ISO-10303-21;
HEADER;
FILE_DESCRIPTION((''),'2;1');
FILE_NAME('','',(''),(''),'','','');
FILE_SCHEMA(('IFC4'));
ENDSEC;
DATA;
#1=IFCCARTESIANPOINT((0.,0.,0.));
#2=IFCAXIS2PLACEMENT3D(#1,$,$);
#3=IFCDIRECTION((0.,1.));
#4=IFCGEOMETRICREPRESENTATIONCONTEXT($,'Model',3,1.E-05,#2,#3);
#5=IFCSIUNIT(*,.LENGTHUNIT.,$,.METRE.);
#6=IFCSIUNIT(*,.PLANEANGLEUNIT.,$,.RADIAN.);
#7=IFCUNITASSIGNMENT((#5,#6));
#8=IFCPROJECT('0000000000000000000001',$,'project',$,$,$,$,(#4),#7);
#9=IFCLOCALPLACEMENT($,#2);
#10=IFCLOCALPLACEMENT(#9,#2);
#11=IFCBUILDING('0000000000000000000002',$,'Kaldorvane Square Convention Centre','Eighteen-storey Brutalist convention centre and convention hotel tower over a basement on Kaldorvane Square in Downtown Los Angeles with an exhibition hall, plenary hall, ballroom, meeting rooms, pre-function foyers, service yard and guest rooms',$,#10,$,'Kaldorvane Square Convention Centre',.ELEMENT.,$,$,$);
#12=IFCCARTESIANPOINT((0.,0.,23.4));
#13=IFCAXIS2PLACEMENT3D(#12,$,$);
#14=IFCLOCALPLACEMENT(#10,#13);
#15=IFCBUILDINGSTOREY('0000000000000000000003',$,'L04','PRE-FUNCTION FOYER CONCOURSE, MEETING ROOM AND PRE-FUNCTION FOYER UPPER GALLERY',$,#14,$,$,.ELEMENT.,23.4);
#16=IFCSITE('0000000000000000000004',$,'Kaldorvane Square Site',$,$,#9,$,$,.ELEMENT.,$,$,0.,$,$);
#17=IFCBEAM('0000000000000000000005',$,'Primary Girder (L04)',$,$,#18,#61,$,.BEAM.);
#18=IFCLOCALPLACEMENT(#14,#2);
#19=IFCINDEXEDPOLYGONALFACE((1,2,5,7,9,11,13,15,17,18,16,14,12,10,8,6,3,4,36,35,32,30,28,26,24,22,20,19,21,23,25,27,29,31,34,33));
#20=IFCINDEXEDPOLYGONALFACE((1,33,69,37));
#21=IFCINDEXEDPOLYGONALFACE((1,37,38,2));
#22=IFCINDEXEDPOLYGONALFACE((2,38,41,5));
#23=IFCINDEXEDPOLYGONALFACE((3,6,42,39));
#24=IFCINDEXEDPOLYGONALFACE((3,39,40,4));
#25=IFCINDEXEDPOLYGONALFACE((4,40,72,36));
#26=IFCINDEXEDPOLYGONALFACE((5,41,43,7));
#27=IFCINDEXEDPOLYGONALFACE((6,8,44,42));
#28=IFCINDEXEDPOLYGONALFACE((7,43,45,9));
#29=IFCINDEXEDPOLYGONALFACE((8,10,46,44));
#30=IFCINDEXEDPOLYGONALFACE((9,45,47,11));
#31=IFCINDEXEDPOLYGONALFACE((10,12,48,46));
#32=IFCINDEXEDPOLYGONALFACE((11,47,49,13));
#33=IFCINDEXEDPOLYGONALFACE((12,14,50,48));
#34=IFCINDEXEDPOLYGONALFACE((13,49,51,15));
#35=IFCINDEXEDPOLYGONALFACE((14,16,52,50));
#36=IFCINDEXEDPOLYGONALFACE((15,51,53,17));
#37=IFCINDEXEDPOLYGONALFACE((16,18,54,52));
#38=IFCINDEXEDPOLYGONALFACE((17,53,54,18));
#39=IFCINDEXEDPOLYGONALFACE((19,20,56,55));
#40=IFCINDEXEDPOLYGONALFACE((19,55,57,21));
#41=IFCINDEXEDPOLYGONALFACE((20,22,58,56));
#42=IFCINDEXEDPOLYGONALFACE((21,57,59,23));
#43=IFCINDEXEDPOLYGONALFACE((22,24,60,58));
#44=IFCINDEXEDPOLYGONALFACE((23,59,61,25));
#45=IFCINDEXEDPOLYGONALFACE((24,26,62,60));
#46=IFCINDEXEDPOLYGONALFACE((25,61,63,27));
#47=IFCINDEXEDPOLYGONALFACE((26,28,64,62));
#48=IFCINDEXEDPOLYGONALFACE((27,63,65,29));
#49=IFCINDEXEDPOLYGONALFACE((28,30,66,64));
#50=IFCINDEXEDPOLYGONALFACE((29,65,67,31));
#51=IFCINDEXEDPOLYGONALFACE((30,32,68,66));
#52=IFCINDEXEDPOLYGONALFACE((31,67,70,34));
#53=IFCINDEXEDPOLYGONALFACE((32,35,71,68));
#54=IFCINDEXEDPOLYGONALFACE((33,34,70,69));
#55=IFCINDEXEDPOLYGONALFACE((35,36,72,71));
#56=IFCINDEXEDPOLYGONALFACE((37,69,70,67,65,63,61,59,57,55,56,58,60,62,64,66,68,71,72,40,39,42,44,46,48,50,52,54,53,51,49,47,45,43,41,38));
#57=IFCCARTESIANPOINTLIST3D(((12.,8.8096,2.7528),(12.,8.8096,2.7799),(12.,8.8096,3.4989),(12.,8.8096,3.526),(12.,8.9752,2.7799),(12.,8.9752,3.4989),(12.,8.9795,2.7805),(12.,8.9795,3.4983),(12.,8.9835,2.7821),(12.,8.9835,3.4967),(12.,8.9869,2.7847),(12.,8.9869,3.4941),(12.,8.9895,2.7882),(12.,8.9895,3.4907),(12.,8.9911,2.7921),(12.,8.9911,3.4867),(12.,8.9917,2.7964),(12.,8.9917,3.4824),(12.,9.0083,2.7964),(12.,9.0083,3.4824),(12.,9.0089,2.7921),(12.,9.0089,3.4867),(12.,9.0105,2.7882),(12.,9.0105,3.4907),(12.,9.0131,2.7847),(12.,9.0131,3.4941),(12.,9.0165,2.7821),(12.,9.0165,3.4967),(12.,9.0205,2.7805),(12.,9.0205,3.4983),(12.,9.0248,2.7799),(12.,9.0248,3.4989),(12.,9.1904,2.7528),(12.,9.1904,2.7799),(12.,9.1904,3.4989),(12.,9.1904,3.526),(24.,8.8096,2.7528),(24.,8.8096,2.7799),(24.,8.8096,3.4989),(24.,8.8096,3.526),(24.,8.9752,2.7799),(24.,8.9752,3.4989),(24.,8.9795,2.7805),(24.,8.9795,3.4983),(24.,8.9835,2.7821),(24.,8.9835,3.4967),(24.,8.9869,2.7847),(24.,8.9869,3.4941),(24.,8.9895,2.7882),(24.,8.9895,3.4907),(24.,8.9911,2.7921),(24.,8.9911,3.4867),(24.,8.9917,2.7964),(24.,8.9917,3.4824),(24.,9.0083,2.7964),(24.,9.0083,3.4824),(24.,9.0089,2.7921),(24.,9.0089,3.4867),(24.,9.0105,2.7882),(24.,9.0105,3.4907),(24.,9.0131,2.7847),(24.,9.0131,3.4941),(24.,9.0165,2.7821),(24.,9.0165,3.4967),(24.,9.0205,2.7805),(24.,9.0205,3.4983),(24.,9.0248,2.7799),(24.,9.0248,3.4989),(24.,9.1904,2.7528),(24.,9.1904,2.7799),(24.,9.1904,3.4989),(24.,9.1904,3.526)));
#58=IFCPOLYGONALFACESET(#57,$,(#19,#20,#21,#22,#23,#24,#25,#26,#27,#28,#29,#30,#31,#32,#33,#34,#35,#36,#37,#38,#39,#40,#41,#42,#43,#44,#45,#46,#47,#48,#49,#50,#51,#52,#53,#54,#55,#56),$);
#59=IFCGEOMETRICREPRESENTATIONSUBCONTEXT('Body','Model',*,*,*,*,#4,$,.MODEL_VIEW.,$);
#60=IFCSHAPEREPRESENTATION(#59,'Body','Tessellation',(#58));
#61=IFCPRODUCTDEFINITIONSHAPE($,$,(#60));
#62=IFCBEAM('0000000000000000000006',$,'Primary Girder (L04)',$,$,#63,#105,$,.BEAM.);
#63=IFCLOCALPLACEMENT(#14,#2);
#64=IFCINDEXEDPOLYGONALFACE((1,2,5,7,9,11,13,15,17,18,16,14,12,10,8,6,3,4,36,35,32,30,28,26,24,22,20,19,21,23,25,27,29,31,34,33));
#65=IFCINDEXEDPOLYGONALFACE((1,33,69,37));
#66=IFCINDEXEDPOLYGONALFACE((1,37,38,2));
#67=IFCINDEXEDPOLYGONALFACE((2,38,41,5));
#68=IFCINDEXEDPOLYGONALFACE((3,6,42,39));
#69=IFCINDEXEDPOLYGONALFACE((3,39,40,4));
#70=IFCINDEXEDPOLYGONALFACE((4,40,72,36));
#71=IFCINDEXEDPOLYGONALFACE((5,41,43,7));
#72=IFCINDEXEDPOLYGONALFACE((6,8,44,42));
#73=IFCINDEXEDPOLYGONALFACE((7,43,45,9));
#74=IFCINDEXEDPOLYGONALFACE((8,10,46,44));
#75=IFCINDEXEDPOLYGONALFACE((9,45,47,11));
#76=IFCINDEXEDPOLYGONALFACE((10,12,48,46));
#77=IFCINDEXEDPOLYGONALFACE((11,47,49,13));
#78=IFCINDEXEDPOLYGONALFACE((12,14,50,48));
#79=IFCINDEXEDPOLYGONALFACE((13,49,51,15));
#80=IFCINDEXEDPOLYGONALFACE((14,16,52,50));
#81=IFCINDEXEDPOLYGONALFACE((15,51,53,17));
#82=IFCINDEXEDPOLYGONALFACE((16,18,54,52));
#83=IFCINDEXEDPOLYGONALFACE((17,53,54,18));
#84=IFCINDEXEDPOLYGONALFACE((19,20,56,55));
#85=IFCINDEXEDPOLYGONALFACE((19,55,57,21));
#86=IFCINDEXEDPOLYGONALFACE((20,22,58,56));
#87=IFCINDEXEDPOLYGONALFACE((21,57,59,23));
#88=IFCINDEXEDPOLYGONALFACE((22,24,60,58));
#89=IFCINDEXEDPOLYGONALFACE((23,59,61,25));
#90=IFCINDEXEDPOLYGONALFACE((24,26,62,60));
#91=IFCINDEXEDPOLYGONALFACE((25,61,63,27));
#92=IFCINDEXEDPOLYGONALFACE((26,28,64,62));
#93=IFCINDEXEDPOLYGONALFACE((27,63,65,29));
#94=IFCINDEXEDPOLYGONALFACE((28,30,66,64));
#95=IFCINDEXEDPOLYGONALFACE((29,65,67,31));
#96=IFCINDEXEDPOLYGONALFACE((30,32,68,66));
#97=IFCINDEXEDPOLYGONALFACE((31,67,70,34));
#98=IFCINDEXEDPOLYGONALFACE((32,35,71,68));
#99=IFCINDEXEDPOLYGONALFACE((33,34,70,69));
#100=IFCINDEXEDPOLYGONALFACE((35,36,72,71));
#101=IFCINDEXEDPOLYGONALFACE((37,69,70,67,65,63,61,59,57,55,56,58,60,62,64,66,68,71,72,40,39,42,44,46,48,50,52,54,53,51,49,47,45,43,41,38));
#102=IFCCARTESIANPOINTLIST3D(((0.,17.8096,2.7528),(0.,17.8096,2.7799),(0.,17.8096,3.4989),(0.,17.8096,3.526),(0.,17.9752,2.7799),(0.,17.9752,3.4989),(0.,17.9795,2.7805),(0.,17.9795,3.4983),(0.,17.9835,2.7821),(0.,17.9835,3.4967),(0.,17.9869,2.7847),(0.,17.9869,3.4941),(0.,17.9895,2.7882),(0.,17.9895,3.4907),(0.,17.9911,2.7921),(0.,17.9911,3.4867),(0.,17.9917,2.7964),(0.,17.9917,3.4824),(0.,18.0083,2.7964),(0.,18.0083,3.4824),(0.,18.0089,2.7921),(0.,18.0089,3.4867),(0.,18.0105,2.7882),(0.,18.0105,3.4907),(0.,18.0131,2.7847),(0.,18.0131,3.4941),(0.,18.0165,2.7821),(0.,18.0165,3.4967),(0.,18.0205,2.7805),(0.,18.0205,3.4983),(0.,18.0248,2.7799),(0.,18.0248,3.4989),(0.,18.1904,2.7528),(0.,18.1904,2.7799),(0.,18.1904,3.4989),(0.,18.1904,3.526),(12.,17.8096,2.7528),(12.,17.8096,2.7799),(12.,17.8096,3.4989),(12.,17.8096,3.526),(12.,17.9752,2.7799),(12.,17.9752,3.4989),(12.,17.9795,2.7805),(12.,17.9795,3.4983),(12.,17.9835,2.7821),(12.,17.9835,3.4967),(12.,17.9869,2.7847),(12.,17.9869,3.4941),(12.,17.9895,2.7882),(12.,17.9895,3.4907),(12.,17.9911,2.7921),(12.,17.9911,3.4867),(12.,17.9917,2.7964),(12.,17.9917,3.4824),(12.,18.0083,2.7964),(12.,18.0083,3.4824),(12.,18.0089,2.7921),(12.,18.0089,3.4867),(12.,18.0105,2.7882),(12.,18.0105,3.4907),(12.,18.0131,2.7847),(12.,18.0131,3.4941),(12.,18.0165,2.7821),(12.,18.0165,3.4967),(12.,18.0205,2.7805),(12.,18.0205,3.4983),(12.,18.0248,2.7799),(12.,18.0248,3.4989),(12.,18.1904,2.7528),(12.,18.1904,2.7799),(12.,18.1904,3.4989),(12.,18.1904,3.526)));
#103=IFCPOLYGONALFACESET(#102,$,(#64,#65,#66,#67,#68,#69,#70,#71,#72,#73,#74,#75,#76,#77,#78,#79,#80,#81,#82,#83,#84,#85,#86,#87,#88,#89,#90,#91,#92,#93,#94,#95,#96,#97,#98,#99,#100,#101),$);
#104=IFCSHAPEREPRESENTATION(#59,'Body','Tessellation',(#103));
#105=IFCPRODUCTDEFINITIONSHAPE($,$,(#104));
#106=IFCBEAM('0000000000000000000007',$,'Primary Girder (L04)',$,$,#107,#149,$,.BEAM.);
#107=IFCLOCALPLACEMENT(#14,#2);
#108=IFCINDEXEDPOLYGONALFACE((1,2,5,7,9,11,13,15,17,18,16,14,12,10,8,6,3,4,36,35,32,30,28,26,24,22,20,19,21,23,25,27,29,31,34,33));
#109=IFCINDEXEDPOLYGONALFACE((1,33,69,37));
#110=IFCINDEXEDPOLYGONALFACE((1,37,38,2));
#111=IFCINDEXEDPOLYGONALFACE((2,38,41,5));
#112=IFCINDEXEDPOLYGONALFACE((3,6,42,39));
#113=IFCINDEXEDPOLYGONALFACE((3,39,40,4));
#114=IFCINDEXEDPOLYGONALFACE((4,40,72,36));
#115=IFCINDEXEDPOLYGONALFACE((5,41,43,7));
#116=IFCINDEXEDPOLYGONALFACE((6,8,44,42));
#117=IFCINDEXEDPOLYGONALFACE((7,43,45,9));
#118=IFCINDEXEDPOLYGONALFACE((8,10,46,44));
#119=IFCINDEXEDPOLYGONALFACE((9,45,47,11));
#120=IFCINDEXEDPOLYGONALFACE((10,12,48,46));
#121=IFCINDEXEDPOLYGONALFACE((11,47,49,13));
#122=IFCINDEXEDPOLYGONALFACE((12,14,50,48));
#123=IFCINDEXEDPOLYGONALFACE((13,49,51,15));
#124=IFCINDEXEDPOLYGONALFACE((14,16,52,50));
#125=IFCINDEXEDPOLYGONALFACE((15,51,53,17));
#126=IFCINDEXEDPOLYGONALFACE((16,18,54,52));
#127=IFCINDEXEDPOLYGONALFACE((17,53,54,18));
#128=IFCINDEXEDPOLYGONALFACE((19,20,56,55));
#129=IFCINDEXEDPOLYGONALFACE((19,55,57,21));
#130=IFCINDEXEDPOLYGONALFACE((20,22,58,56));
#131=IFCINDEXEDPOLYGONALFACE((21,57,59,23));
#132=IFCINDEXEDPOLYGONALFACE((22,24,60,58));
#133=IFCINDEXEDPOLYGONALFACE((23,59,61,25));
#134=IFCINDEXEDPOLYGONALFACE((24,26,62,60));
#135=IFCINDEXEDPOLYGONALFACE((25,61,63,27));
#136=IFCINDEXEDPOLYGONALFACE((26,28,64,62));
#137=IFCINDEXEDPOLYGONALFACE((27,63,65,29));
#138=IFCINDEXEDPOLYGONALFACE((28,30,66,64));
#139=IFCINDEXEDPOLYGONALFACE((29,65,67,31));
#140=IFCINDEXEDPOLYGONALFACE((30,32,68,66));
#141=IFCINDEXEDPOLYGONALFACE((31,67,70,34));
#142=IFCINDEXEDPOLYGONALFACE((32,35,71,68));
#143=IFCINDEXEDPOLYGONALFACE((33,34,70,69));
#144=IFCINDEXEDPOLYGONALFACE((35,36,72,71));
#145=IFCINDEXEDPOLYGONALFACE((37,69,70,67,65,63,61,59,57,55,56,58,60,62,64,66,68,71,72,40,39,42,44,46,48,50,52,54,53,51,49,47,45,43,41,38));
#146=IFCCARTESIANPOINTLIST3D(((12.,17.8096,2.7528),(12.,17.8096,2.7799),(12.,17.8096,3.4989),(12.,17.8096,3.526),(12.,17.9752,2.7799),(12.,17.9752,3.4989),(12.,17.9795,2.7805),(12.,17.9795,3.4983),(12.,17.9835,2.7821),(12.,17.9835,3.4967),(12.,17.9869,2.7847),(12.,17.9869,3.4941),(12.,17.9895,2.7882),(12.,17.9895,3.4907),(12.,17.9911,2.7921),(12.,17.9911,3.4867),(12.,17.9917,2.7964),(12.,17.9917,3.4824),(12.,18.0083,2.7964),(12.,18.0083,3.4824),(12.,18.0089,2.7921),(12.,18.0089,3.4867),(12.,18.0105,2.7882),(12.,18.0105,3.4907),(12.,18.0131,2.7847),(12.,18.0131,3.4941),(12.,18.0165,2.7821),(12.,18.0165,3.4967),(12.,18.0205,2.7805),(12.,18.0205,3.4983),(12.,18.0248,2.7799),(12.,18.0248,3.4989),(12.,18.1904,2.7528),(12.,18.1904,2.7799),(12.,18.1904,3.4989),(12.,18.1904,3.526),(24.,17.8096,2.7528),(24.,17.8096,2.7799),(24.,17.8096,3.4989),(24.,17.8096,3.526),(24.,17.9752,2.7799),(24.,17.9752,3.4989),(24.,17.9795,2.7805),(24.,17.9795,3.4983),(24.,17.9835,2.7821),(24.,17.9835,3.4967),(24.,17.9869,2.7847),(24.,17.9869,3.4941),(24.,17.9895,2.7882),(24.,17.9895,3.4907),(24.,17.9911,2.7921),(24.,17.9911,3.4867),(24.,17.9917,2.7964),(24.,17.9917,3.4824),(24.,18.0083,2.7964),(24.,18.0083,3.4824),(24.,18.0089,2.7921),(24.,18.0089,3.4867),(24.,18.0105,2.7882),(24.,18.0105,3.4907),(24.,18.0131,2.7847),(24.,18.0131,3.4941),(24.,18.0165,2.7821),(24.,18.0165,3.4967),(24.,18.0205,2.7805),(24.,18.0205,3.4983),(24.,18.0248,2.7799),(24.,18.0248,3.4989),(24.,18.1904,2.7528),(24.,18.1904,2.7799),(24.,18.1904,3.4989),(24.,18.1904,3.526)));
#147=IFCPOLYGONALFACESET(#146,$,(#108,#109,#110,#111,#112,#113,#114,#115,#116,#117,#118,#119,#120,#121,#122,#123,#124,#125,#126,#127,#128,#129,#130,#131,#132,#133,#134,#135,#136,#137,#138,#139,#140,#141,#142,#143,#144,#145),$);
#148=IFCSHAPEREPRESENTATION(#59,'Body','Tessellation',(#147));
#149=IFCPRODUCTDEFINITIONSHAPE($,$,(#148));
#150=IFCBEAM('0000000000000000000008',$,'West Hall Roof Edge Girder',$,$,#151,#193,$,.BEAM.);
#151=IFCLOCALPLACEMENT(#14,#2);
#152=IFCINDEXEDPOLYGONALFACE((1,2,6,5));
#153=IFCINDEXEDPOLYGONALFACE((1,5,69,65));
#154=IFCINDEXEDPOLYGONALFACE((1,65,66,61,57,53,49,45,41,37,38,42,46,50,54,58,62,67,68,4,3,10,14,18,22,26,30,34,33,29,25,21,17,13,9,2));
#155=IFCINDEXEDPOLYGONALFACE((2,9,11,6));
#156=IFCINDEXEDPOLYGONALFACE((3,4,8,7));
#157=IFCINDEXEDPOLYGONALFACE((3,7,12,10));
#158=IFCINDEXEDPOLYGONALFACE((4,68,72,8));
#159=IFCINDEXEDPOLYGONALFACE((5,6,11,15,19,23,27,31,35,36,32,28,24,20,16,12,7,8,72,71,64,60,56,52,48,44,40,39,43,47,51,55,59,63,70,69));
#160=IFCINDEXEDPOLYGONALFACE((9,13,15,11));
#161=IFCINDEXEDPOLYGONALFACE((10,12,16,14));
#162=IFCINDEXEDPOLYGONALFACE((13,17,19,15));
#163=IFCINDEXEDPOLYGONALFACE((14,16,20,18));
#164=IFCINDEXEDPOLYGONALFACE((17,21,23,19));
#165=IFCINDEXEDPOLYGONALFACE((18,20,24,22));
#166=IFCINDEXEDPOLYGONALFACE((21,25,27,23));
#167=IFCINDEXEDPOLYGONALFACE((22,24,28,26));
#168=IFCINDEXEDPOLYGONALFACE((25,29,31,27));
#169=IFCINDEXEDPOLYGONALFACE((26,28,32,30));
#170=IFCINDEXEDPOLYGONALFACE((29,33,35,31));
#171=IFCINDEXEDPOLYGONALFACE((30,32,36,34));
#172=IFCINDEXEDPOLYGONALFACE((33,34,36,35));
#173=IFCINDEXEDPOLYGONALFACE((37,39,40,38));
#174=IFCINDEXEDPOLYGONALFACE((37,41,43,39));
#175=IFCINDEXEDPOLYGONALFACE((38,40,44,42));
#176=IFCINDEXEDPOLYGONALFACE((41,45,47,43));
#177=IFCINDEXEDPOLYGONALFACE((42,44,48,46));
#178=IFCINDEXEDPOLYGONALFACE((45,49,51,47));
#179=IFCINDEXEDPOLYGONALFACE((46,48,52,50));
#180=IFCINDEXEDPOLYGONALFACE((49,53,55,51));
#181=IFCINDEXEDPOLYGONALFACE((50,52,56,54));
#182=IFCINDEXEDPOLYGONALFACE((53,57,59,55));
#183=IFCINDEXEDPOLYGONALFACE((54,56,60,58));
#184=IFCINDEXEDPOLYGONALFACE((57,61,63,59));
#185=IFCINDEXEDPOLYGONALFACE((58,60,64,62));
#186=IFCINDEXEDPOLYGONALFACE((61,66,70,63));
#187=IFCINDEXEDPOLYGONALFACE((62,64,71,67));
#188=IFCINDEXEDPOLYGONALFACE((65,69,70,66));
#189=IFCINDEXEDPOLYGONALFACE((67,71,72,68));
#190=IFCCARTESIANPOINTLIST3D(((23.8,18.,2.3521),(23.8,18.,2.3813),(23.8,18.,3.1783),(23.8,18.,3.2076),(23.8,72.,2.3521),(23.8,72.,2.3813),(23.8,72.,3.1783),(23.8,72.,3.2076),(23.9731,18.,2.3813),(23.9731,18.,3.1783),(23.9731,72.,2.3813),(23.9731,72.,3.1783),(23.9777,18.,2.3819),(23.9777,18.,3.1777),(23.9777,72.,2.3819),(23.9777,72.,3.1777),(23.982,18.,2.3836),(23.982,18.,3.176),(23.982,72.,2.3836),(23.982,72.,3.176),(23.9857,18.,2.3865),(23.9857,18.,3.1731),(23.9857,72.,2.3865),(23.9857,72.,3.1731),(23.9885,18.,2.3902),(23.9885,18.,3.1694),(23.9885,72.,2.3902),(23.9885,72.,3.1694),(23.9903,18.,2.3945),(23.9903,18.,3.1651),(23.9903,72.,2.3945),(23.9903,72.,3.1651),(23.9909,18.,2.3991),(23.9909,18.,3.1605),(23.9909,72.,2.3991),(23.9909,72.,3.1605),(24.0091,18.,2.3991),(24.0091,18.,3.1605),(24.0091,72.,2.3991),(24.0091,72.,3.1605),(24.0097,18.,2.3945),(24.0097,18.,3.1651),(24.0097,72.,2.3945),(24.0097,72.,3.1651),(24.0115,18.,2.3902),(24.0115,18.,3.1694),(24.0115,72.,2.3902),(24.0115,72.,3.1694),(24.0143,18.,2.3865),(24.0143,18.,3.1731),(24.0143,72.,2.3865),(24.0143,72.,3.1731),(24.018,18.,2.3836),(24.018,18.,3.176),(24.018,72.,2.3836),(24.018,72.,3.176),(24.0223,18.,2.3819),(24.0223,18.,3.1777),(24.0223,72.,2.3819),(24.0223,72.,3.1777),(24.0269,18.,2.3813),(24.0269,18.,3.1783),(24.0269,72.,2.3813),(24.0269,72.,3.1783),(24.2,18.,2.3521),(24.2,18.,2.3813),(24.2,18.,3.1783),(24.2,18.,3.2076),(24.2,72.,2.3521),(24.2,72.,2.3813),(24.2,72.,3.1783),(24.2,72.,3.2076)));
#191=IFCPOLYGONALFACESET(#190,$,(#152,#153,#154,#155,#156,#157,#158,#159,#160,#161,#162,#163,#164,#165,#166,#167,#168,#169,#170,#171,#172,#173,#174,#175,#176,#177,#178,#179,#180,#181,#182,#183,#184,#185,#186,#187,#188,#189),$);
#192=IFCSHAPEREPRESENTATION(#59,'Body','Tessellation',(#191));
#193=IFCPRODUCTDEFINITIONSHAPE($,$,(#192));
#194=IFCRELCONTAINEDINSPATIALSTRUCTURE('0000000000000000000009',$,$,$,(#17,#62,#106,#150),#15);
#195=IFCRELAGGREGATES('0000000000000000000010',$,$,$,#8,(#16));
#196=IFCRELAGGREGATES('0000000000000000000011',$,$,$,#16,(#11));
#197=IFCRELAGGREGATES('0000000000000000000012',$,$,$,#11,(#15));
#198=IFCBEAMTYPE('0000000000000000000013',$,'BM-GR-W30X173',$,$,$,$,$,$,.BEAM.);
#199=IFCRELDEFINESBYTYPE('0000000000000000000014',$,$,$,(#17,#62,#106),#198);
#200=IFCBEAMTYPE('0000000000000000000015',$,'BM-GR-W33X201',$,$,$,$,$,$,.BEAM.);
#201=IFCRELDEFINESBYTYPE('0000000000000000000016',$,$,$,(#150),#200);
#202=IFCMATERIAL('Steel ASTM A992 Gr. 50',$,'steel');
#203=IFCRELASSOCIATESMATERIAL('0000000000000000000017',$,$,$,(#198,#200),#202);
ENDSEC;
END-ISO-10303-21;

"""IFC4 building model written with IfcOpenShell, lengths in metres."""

from ifc_helpers import new_model, si_unit, direction, frame, origin, origin_2d, place, context, subcontext, project, spatial, i_section, extrude, material, material_profile, profile_set, type_object, element, save


model = new_model("IFC4")

# Units and contexts
model_context = context("Model", 3, precision=1e-05, world=origin(), true_north=direction((0.0, 1.0)))
body_context = subcontext(model_context, "Body", "Model", "MODEL_VIEW")
ifc_project = project(units=[si_unit("LENGTHUNIT", "METRE"), si_unit("PLANEANGLEUNIT", "RADIAN")], contexts=[model_context])

# Site, building, storey
site_placement = place(None, origin())
site = spatial("IfcSite", under=ifc_project, at=site_placement, Name="Kaldorvane Square Site", CompositionType="ELEMENT", RefElevation=0.0)
building_placement = place(site_placement, origin())
building = spatial("IfcBuilding", under=site, at=building_placement, Name="Kaldorvane Square Convention Centre", Description="Eighteen-storey Brutalist convention centre and convention hotel tower over a basement on Kaldorvane Square in Downtown Los Angeles with an exhibition hall, plenary hall, ballroom, meeting rooms, pre-function foyers, service yard and guest rooms", LongName="Kaldorvane Square Convention Centre", CompositionType="ELEMENT")
storey_placement = place(building_placement, frame((0.0, 0.0, 23.4)))
storey = spatial("IfcBuildingStorey", under=building, at=storey_placement, Name="L04", Description="PRE-FUNCTION FOYER CONCOURSE, MEETING ROOM AND PRE-FUNCTION FOYER UPPER GALLERY", CompositionType="ELEMENT", Elevation=23.4)

# Shared definitions
ifc_material_1 = material(Name="Steel ASTM A992 Gr. 50", Category="steel")

# Beams
ifc_material_profile_1 = material_profile(ifc_material_1, i_section(OverallWidth=0.3807, OverallDepth=0.7732, WebThickness=0.0166, FlangeThickness=0.0271, FilletRadius=0.0165, at=origin_2d()), Name="W30X173")
ifc_profile_set_1 = profile_set([ifc_material_profile_1], Name="Steel ASTM A992 Gr. 50")
beam_type_1 = type_object("IfcBeamType", Name="BM-GR-W30X173", PredefinedType="BEAM", material=ifc_profile_set_1)
for number, where, z_axis, x_axis, name in (
    (1, (12.0, 9.0, 3.1394), (1.0, 0.0, 0.0), (0.0, 1.0, 0.0), "Primary Girder (L04)"),
    (2, (0.0, 18.0, 3.1394), (1.0, 0.0, 0.0), (0.0, 1.0, 0.0), "Primary Girder (L04)"),
    (3, (12.0, 18.0, 3.1394), (1.0, 0.0, 0.0), (0.0, 1.0, 0.0), "Primary Girder (L04)"),
):
    element("IfcBeam", number, at=place(storey_placement, frame(where, z_axis=z_axis, x_axis=x_axis)), inside=storey, type_object=beam_type_1, Name=name, PredefinedType="BEAM", context=body_context, shape_type="SweptSolid", body=[
        extrude(i_section(OverallWidth=0.3807, OverallDepth=0.7732, WebThickness=0.0166, FlangeThickness=0.0271, FilletRadius=0.0165, at=origin_2d()), origin(), (0.0, 0.0, 1.0), 12.0),
    ])
ifc_material_profile_2 = material_profile(ifc_material_1, i_section(OverallWidth=0.3999, OverallDepth=0.8555, WebThickness=0.0182, FlangeThickness=0.0292, FilletRadius=0.0178, at=origin_2d()), Name="W33X201")
ifc_profile_set_2 = profile_set([ifc_material_profile_2], Name="Steel ASTM A992 Gr. 50")
beam_type_2 = type_object("IfcBeamType", Name="BM-GR-W33X201", PredefinedType="BEAM", material=ifc_profile_set_2)
beam_1_placement = place(storey_placement, frame((24.0, 18.0, 2.7798), z_axis=(0.0, 1.0, 0.0), x_axis=(-1.0, 0.0, 0.0)))
element("IfcBeam", 4, at=beam_1_placement, inside=storey, type_object=beam_type_2, Name="West Hall Roof Edge Girder", PredefinedType="BEAM", context=body_context, shape_type="SweptSolid", body=[
    extrude(i_section(OverallWidth=0.3999, OverallDepth=0.8555, WebThickness=0.0182, FlangeThickness=0.0292, FilletRadius=0.0178, at=origin_2d()), origin(), (0.0, 0.0, 1.0), 54.0),
])

save(model, "model.ifc")
